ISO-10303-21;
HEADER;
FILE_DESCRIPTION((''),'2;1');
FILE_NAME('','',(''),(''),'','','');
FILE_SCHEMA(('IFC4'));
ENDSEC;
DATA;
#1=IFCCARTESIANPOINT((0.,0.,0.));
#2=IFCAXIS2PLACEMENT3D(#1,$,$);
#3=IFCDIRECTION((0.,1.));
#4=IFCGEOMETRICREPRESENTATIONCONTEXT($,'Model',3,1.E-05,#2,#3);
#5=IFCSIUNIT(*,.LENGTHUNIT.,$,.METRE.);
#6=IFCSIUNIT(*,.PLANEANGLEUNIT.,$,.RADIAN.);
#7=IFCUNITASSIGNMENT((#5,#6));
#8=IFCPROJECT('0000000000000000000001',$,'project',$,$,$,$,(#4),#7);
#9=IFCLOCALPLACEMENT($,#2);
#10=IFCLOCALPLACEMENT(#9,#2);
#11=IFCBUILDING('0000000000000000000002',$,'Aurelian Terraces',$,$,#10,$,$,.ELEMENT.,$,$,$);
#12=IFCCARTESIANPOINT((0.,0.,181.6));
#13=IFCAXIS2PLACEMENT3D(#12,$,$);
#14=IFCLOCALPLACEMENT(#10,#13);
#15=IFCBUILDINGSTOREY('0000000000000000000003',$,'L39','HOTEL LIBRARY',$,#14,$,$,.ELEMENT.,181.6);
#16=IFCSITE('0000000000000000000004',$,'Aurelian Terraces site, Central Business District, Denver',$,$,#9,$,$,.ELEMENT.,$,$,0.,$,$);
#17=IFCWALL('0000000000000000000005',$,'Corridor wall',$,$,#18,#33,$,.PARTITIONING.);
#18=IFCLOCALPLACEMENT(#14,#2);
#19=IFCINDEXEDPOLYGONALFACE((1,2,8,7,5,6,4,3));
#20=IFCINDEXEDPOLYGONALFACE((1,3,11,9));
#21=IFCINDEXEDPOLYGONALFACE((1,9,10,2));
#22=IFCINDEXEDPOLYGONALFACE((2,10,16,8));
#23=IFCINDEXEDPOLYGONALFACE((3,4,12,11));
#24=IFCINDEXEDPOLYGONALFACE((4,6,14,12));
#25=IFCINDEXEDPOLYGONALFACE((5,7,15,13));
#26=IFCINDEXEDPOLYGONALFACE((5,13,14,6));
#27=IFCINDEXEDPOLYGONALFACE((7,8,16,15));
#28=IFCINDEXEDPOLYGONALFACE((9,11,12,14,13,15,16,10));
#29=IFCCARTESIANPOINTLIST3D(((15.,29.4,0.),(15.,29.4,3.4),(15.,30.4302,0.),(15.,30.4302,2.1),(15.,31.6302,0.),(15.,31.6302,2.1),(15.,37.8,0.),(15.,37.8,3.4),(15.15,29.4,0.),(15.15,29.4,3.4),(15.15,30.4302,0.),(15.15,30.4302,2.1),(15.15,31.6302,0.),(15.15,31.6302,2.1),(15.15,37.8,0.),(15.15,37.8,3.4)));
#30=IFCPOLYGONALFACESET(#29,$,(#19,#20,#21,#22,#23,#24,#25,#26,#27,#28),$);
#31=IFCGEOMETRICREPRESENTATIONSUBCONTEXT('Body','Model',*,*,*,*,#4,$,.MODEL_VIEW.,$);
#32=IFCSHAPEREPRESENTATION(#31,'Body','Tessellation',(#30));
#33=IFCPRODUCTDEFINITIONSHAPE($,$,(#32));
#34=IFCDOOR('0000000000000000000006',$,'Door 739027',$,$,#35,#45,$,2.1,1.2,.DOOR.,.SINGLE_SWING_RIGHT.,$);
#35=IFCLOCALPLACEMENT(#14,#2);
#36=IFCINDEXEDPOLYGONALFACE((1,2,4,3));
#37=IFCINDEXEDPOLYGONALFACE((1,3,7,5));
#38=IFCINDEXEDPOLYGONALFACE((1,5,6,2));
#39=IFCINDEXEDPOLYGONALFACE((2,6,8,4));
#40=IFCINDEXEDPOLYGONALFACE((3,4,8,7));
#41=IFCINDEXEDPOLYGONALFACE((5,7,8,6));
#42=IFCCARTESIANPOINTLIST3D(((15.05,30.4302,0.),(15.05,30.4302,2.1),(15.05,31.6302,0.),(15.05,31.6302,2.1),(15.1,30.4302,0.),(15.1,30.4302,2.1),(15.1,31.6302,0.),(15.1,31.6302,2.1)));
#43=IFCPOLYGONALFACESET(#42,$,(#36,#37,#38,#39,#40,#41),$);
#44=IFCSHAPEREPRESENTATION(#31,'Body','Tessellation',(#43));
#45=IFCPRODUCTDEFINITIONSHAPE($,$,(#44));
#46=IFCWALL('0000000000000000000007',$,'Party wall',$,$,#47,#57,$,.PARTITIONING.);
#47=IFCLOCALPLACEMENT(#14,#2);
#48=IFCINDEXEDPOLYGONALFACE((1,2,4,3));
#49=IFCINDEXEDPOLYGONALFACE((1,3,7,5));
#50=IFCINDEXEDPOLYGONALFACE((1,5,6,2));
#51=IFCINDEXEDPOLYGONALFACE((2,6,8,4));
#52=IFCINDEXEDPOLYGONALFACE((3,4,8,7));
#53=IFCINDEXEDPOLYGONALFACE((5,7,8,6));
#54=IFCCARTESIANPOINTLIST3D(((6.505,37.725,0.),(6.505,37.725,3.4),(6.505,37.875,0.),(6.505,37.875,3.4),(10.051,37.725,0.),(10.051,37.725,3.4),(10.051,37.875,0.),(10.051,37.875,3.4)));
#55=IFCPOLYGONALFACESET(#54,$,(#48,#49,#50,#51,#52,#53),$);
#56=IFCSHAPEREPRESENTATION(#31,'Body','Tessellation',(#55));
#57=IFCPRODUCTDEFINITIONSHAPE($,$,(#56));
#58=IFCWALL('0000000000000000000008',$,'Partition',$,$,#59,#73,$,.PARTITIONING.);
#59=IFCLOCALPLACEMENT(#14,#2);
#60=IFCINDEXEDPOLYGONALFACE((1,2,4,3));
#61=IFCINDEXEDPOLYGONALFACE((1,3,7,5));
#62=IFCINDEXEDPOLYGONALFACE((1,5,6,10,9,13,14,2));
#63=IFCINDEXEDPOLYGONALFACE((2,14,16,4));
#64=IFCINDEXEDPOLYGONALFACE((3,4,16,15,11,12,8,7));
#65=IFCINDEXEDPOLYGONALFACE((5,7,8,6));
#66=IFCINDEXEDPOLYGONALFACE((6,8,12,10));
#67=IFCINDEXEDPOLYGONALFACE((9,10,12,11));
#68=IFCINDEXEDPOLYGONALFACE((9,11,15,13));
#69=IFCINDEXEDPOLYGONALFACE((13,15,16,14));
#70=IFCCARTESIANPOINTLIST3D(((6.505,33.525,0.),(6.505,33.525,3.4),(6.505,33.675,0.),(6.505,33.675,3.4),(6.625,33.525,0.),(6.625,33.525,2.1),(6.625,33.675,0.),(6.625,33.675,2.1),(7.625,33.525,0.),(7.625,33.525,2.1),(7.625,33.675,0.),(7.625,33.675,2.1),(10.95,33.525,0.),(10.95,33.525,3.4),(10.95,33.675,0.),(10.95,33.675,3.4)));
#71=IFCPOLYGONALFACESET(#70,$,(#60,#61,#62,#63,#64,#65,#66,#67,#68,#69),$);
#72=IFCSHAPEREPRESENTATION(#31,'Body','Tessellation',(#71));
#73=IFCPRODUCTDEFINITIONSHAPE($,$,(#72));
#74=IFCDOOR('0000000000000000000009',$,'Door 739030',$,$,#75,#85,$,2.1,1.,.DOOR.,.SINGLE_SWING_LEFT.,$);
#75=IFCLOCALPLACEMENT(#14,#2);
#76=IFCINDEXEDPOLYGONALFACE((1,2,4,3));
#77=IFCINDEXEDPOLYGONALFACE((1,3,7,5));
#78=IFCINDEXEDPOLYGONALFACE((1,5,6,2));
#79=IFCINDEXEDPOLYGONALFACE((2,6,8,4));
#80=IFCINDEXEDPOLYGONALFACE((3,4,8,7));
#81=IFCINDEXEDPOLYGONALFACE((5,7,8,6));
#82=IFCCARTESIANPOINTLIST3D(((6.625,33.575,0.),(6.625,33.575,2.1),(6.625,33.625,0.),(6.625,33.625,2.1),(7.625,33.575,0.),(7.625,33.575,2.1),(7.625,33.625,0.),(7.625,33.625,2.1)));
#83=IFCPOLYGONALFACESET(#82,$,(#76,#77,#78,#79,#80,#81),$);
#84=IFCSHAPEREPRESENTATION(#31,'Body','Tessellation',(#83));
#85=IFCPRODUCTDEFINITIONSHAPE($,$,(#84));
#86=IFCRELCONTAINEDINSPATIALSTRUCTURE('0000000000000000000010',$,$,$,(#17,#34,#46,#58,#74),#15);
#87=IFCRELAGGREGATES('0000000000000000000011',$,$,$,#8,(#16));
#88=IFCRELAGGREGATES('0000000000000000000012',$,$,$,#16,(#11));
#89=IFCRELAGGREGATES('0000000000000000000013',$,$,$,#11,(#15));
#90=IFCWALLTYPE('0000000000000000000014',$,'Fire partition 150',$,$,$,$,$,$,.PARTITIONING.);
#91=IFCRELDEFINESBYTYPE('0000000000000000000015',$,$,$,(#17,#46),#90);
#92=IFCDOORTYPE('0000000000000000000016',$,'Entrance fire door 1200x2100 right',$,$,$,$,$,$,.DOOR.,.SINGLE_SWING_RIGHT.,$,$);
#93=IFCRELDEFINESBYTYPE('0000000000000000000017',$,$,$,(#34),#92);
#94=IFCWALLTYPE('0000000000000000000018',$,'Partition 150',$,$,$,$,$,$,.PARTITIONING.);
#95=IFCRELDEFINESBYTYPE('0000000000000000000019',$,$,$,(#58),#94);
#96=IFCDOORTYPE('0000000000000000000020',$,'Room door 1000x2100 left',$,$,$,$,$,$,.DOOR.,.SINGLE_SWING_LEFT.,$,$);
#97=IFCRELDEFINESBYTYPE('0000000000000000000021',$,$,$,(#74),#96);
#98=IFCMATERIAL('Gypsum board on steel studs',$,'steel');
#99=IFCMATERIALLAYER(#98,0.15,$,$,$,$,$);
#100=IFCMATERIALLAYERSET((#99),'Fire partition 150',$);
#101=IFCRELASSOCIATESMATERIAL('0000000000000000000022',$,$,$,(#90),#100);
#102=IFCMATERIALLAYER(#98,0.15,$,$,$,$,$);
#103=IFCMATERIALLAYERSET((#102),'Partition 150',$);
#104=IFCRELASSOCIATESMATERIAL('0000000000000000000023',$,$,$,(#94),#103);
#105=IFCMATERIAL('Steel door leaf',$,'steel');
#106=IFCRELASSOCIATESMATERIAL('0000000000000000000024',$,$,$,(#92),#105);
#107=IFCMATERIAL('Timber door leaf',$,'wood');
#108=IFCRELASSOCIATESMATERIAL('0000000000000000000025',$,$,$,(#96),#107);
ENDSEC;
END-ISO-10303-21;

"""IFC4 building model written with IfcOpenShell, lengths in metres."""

from ifc_helpers import new_model, si_unit, direction, frame, frame_2d, origin, place, context, subcontext, project, spatial, rectangle, extrude, source, transform, mapped, material, layer, layer_set, type_object, element, fill, save


model = new_model("IFC4")

# Units and contexts
model_context = context("Model", 3, precision=1e-05, world=origin(), true_north=direction((0.0, 1.0)))
body_context = subcontext(model_context, "Body", "Model", "MODEL_VIEW")
ifc_project = project(units=[si_unit("LENGTHUNIT", "METRE"), si_unit("PLANEANGLEUNIT", "RADIAN")], contexts=[model_context])

# Site, building, storey
site_placement = place(None, origin())
site = spatial("IfcSite", under=ifc_project, at=site_placement, Name="Aurelian Terraces site, Central Business District, Denver", CompositionType="ELEMENT", RefElevation=0.0)
building_placement = place(site_placement, origin())
building = spatial("IfcBuilding", under=site, at=building_placement, Name="Aurelian Terraces", CompositionType="ELEMENT")
storey_placement = place(building_placement, frame((0.0, 0.0, 181.6)))
storey = spatial("IfcBuildingStorey", under=building, at=storey_placement, Name="L39", Description="HOTEL LIBRARY", CompositionType="ELEMENT", Elevation=181.6)

# Shared definitions
ifc_material_1 = material(Name="Gypsum board on steel studs", Category="steel")
ifc_material_2 = material(Name="Steel door leaf", Category="steel")
shared_shape_1 = source(origin(), body_context, "Body", "SweptSolid", [
    extrude(rectangle(XDim=1.2, YDim=2.1, at=frame_2d((0.6, 1.05))), frame((0.0, 0.025, 0.0), z_axis=(0.0, -1.0, 0.0), x_axis=(1.0, 0.0, 0.0)), (0.0, 0.0, 1.0), 0.05),
])

# Shared definitions
ifc_layer_1 = layer(ifc_material_1, 0.15)
ifc_layer_set_1 = layer_set([ifc_layer_1], Name="Fire partition 150")
wall_type_1 = type_object("IfcWallType", Name="Fire partition 150", PredefinedType="PARTITIONING", material=ifc_layer_set_1)
ifc_material_3 = material(Name="Timber door leaf", Category="wood")

# Shared definitions
ifc_layer_2 = layer(ifc_material_1, 0.15)
ifc_layer_set_2 = layer_set([ifc_layer_2], Name="Partition 150")
wall_type_2 = type_object("IfcWallType", Name="Partition 150", PredefinedType="PARTITIONING", material=ifc_layer_set_2)

# Wall, opening, door
shared_shape_2 = source(origin(), body_context, "Body", "SweptSolid", [
    extrude(rectangle(XDim=8.4, YDim=0.15, at=frame_2d((4.2, 0.0))), origin(), (0.0, 0.0, 1.0), 3.4),
])
wall_1_placement = place(storey_placement, frame((15.075, 29.4, 0.0), z_axis=(0.0, 0.0, 1.0), x_axis=(0.0, 1.0, 0.0)))
wall_1 = element("IfcWall", 1, at=wall_1_placement, inside=storey, type_object=wall_type_1, Name="Corridor wall", PredefinedType="PARTITIONING", context=body_context, shape_type="MappedRepresentation", body=[
    mapped(shared_shape_2, transform((0.0, 0.0, 0.0), scale=1.0)),
])
shared_shape_3 = source(origin(), body_context, "Body", "SweptSolid", [
    extrude(rectangle(XDim=1.2, YDim=2.1, at=frame_2d((0.6, 1.05))), frame((0.0, 0.085, 0.0), z_axis=(0.0, -1.0, 0.0), x_axis=(1.0, 0.0, 0.0)), (0.0, 0.0, 1.0), 0.17),
])
opening_1_placement = place(wall_1_placement, frame((1.0302, 0.0, 0.0)))
opening_1 = element("IfcOpeningElement", 2, at=opening_1_placement, cuts=wall_1, PredefinedType="OPENING", context=body_context, shape_type="MappedRepresentation", body=[
    mapped(shared_shape_3, transform((0.0, 0.0, 0.0), scale=1.0)),
])
door_type_1 = type_object("IfcDoorType", Name="Entrance fire door 1200x2100 right", OperationType="SINGLE_SWING_RIGHT", PredefinedType="DOOR", material=ifc_material_2)
door_1_placement = place(opening_1_placement, origin())
door_1 = element("IfcDoor", 3, at=door_1_placement, inside=storey, type_object=door_type_1, Name="Door 739027", OperationType="SINGLE_SWING_RIGHT", OverallHeight=2.1, OverallWidth=1.2, PredefinedType="DOOR", context=body_context, shape_type="MappedRepresentation", body=[
    mapped(shared_shape_1, transform((0.0, 0.0, 0.0), scale=1.0)),
])
fill(opening_1, door_1)

# Wall
shared_shape_4 = source(origin(), body_context, "Body", "SweptSolid", [
    extrude(rectangle(XDim=3.546, YDim=0.15, at=frame_2d((1.773, 0.0))), origin(), (0.0, 0.0, 1.0), 3.4),
])
wall_2_placement = place(storey_placement, frame((10.051, 37.8, 0.0), z_axis=(0.0, 0.0, 1.0), x_axis=(-1.0, 0.0, 0.0)))
element("IfcWall", 4, at=wall_2_placement, inside=storey, type_object=wall_type_1, Name="Party wall", PredefinedType="PARTITIONING", context=body_context, shape_type="MappedRepresentation", body=[
    mapped(shared_shape_4, transform((0.0, 0.0, 0.0), scale=1.0)),
])

# Wall, opening, door
shared_shape_5 = source(origin(), body_context, "Body", "SweptSolid", [
    extrude(rectangle(XDim=4.445, YDim=0.15, at=frame_2d((2.2225, 0.0))), origin(), (0.0, 0.0, 1.0), 3.4),
])
wall_3_placement = place(storey_placement, frame((10.95, 33.6, 0.0), z_axis=(0.0, 0.0, 1.0), x_axis=(-1.0, 0.0, 0.0)))
wall_3 = element("IfcWall", 5, at=wall_3_placement, inside=storey, type_object=wall_type_2, Name="Partition", PredefinedType="PARTITIONING", context=body_context, shape_type="MappedRepresentation", body=[
    mapped(shared_shape_5, transform((0.0, 0.0, 0.0), scale=1.0)),
])
shared_shape_6 = source(origin(), body_context, "Body", "SweptSolid", [
    extrude(rectangle(XDim=1.0, YDim=2.1, at=frame_2d((0.5, 1.05))), frame((0.0, 0.085, 0.0), z_axis=(0.0, -1.0, 0.0), x_axis=(1.0, 0.0, 0.0)), (0.0, 0.0, 1.0), 0.17),
])
opening_2_placement = place(wall_3_placement, frame((3.325, 0.0, 0.0)))
opening_2 = element("IfcOpeningElement", 6, at=opening_2_placement, cuts=wall_3, PredefinedType="OPENING", context=body_context, shape_type="MappedRepresentation", body=[
    mapped(shared_shape_6, transform((0.0, 0.0, 0.0), scale=1.0)),
])
door_type_2 = type_object("IfcDoorType", Name="Room door 1000x2100 left", OperationType="SINGLE_SWING_LEFT", PredefinedType="DOOR", material=ifc_material_3)
shared_shape_7 = source(origin(), body_context, "Body", "SweptSolid", [
    extrude(rectangle(XDim=1.0, YDim=2.1, at=frame_2d((0.5, 1.05))), frame((0.0, 0.025, 0.0), z_axis=(0.0, -1.0, 0.0), x_axis=(1.0, 0.0, 0.0)), (0.0, 0.0, 1.0), 0.05),
])
door_2_placement = place(opening_2_placement, origin())
door_2 = element("IfcDoor", 7, at=door_2_placement, inside=storey, type_object=door_type_2, Name="Door 739030", OperationType="SINGLE_SWING_LEFT", OverallHeight=2.1, OverallWidth=1.0, PredefinedType="DOOR", context=body_context, shape_type="MappedRepresentation", body=[
    mapped(shared_shape_7, transform((0.0, 0.0, 0.0), scale=1.0)),
])
fill(opening_2, door_2)

save(model, "model.ifc")
